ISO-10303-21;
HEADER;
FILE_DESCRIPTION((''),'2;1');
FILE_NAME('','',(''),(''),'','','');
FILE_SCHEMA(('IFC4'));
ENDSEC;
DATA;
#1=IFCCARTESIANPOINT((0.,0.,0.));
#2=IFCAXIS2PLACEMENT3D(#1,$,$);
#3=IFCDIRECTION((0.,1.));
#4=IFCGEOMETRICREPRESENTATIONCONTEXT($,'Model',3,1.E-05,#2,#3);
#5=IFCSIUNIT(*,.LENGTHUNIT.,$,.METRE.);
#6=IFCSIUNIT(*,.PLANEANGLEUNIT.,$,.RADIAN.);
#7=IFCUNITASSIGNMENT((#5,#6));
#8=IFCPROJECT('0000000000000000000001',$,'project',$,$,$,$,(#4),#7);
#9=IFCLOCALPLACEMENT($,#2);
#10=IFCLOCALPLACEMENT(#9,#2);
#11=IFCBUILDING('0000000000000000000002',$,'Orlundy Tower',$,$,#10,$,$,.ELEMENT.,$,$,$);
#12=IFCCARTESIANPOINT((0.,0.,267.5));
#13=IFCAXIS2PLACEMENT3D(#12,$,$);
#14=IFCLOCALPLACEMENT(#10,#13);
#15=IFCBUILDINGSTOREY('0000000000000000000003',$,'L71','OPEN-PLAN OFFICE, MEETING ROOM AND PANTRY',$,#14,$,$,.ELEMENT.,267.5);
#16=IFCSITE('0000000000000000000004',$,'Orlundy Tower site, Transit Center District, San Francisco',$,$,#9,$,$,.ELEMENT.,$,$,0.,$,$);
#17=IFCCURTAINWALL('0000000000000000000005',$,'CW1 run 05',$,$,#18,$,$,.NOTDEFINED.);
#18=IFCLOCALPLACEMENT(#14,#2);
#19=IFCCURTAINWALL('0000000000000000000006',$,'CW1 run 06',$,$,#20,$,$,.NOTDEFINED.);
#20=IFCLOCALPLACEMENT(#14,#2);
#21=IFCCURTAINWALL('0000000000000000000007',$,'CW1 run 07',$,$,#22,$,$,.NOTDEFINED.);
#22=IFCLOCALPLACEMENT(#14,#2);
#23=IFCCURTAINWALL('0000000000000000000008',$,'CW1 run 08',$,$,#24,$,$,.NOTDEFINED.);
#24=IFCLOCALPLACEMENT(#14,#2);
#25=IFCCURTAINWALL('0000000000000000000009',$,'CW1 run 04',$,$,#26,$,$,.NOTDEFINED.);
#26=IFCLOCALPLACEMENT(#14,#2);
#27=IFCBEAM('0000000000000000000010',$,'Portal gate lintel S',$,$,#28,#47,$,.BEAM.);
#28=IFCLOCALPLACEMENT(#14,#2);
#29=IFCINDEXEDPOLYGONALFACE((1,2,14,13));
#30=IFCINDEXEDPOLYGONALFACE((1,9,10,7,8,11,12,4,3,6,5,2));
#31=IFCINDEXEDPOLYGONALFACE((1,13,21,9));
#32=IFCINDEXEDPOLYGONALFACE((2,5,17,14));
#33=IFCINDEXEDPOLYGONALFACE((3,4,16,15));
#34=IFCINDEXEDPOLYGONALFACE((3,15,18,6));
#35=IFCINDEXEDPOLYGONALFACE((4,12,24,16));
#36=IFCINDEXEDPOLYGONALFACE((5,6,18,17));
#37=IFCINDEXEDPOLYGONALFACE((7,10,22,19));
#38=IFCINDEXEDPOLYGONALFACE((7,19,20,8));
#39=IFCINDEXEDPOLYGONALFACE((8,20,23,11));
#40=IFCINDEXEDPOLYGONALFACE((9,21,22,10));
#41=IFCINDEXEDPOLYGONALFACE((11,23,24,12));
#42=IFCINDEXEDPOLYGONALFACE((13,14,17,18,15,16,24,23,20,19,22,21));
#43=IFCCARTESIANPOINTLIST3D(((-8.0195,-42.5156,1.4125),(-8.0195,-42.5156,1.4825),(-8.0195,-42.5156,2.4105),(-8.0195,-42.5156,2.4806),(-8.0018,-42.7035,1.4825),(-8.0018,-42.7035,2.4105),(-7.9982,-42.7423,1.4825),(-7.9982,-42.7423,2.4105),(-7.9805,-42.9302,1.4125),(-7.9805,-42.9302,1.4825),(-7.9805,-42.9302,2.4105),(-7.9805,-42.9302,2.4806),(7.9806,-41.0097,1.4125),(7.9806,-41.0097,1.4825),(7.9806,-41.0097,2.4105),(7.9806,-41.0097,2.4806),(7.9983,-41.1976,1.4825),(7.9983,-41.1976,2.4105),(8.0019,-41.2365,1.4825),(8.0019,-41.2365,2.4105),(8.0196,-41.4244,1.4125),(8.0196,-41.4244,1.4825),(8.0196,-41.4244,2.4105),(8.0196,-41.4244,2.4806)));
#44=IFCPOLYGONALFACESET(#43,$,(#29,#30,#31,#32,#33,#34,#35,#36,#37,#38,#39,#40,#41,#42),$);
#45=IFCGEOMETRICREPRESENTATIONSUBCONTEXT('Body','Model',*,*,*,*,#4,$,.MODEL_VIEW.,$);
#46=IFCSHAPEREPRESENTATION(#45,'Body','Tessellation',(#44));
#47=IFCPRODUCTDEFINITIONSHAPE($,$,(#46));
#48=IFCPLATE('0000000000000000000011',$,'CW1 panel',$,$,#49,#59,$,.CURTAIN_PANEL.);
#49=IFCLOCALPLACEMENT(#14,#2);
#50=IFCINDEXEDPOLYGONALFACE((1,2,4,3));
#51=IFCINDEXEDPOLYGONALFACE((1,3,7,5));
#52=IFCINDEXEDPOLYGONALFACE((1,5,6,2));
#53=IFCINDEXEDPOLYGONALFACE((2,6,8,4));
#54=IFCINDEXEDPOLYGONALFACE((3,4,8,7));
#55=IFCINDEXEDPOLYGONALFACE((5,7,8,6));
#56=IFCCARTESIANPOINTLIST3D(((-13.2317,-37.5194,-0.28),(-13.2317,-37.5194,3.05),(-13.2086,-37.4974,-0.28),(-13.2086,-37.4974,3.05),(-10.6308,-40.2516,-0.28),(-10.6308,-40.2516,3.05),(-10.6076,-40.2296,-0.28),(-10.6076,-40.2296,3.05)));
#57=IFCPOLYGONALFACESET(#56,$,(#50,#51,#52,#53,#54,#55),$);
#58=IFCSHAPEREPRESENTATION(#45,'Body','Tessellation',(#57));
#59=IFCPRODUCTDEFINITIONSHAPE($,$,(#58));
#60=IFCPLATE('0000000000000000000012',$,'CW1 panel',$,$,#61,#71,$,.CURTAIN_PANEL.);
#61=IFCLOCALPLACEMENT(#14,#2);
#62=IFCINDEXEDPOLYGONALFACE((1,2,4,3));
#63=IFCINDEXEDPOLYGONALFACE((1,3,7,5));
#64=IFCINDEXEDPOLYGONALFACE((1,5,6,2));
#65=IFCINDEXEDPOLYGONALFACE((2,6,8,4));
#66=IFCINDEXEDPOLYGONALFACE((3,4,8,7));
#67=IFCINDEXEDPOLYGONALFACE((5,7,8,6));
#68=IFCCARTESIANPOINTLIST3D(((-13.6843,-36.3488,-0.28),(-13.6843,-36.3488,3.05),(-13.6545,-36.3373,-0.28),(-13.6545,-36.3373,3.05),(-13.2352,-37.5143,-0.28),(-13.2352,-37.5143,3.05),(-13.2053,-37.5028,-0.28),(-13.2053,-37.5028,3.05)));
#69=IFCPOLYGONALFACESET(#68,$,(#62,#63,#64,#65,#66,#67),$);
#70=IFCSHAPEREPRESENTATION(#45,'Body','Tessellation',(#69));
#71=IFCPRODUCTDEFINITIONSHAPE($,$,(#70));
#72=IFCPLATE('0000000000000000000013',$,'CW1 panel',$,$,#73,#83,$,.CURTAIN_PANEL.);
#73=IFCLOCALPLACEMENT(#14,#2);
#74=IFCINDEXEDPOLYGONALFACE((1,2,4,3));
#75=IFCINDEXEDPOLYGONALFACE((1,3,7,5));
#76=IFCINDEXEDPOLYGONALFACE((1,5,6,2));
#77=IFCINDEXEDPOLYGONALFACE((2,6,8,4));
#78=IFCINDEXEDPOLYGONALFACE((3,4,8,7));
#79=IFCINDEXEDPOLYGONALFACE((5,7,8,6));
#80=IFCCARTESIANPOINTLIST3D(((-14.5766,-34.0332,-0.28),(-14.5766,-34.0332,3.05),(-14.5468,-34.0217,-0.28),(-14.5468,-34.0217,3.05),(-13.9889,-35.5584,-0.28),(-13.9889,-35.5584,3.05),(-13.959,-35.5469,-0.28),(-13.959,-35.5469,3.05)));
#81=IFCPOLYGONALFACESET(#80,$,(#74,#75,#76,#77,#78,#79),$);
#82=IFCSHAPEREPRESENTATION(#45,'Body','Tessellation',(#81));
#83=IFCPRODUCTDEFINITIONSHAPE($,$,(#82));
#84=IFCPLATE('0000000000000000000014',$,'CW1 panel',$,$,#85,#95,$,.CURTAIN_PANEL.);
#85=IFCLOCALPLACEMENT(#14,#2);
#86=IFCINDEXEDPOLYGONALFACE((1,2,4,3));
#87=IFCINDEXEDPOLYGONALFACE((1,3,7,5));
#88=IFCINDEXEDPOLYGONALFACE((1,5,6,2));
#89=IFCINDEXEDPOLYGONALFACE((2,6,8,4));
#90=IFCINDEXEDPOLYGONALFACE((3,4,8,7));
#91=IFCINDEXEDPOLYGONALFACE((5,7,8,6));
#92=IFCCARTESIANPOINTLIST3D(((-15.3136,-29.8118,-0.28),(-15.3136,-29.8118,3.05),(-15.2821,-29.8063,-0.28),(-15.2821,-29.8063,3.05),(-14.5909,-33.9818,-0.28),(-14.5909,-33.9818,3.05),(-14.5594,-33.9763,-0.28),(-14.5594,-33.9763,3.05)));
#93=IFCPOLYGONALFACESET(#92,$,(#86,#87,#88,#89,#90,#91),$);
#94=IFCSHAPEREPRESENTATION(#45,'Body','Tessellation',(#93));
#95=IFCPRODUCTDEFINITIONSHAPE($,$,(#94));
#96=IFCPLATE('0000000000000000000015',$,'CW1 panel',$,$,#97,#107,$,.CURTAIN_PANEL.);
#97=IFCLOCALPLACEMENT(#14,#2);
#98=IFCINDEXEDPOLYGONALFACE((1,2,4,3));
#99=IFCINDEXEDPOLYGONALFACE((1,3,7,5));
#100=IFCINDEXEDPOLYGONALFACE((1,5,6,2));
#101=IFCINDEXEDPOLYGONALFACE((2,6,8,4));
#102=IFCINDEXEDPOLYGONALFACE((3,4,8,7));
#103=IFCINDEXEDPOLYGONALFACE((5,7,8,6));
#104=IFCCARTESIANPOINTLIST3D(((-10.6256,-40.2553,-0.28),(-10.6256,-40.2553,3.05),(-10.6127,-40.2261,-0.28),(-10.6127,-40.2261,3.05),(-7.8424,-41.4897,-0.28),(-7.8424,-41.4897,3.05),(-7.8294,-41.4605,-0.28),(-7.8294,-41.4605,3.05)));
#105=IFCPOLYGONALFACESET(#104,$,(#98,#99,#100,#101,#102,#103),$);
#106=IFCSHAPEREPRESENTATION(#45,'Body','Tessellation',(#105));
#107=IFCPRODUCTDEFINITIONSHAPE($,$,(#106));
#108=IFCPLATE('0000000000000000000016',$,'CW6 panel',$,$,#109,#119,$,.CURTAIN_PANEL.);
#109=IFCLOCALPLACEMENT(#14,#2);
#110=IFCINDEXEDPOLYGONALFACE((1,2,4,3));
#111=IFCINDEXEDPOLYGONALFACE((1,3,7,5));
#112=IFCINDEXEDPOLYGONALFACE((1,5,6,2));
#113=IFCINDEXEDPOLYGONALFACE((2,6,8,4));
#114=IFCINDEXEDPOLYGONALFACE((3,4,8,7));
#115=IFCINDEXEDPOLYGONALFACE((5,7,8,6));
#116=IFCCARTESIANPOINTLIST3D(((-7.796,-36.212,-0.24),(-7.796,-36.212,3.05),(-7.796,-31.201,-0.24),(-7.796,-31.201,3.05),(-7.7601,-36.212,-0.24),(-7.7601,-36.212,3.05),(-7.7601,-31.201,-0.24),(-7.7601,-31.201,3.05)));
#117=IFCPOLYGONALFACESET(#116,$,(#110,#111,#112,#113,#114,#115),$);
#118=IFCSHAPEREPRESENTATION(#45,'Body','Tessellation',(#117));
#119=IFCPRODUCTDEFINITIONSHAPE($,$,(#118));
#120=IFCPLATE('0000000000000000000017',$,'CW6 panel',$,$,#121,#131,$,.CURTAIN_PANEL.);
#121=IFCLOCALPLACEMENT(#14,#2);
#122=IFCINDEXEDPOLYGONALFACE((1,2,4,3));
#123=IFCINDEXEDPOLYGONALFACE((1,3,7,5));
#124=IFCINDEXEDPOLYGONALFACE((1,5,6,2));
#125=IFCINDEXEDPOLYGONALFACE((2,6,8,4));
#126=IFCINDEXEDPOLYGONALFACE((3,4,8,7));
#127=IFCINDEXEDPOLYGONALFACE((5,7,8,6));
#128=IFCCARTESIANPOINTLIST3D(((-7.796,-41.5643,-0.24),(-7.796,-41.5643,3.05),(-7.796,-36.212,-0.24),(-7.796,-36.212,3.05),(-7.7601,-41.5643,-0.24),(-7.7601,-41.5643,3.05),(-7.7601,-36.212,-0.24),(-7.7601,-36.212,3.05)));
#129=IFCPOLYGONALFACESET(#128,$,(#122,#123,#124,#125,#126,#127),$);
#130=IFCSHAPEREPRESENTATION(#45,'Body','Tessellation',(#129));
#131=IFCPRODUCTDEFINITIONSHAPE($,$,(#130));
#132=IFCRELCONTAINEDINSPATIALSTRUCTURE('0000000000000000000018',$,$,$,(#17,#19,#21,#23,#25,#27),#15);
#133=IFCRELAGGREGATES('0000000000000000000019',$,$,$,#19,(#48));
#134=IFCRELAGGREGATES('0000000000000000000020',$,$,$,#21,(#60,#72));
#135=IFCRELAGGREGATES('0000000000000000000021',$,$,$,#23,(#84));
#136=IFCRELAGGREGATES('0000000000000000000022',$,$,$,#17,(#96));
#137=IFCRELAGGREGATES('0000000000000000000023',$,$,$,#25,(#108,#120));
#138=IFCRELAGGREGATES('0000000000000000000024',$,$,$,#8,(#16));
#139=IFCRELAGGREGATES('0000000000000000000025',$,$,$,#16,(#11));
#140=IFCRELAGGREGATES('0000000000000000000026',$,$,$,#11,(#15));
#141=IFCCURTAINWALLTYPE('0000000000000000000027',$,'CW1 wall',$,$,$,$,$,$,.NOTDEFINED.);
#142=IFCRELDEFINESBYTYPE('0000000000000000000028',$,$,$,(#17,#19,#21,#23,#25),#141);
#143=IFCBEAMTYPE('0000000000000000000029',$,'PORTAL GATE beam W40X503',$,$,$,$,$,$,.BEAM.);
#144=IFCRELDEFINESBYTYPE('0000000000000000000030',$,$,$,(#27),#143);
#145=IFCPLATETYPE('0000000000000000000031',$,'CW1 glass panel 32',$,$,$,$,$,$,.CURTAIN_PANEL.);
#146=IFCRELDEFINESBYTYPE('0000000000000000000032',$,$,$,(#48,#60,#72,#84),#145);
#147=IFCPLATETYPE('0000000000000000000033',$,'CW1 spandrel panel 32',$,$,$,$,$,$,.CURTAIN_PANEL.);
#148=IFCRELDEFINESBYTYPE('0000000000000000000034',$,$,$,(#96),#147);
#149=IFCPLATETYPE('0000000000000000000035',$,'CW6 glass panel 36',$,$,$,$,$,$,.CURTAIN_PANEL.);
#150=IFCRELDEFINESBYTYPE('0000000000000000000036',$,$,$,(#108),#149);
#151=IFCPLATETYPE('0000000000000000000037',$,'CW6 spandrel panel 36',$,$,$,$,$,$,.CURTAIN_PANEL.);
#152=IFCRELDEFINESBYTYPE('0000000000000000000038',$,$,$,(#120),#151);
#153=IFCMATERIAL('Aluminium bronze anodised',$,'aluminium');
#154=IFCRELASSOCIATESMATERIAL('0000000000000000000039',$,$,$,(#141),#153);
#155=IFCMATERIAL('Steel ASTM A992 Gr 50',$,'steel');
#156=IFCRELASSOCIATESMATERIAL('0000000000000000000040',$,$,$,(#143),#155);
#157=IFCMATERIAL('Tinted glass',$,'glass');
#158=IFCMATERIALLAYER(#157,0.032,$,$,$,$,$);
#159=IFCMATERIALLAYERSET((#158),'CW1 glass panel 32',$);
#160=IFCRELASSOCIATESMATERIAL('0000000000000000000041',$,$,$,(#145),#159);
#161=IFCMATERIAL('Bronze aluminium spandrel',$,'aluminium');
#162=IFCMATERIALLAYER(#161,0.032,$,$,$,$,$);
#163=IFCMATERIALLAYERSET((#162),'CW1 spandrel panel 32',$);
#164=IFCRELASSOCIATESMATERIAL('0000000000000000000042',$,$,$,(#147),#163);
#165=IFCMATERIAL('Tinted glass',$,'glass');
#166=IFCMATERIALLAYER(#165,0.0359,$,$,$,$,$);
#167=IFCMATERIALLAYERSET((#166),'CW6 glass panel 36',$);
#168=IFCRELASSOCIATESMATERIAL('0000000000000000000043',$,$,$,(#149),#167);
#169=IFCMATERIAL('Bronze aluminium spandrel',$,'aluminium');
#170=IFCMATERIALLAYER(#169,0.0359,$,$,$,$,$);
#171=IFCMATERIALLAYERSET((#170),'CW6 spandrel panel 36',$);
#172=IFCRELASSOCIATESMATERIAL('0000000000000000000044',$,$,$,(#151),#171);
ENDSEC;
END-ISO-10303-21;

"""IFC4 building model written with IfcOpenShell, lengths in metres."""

from ifc_helpers import new_model, si_unit, direction, frame, origin, origin_2d, place, context, subcontext, project, spatial, rectangle, i_section, extrude, material, layer, layer_set, material_profile, profile_set, type_object, element, aggregate, save


model = new_model("IFC4")

# Units and contexts
model_context = context("Model", 3, precision=1e-05, world=origin(), true_north=direction((0.0, 1.0)))
body_context = subcontext(model_context, "Body", "Model", "MODEL_VIEW")
ifc_project = project(units=[si_unit("LENGTHUNIT", "METRE"), si_unit("PLANEANGLEUNIT", "RADIAN")], contexts=[model_context])

# Site, building, storey
site_placement = place(None, origin())
site = spatial("IfcSite", under=ifc_project, at=site_placement, Name="Orlundy Tower site, Transit Center District, San Francisco", CompositionType="ELEMENT", RefElevation=0.0)
building_placement = place(site_placement, origin())
building = spatial("IfcBuilding", under=site, at=building_placement, Name="Orlundy Tower", CompositionType="ELEMENT")
storey_placement = place(building_placement, frame((0.0, 0.0, 267.5)))
storey = spatial("IfcBuildingStorey", under=building, at=storey_placement, Name="L71", Description="OPEN-PLAN OFFICE, MEETING ROOM AND PANTRY", CompositionType="ELEMENT", Elevation=267.5)

# Curtain walls
ifc_material_1 = material(Name="Aluminium bronze anodised", Category="aluminium")
curtain_wall_type = type_object("IfcCurtainWallType", Name="CW1 wall", PredefinedType="NOTDEFINED", material=ifc_material_1)
curtain_wall_1_placement = place(storey_placement, origin())
curtain_wall_1 = element("IfcCurtainWall", 1, at=curtain_wall_1_placement, inside=storey, type_object=curtain_wall_type, Name="CW1 run 05", PredefinedType="NOTDEFINED")
curtain_wall_2_placement = place(storey_placement, origin())
curtain_wall_2 = element("IfcCurtainWall", 2, at=curtain_wall_2_placement, inside=storey, type_object=curtain_wall_type, Name="CW1 run 06", PredefinedType="NOTDEFINED")
curtain_wall_3_placement = place(storey_placement, origin())
curtain_wall_3 = element("IfcCurtainWall", 3, at=curtain_wall_3_placement, inside=storey, type_object=curtain_wall_type, Name="CW1 run 07", PredefinedType="NOTDEFINED")
curtain_wall_4_placement = place(storey_placement, origin())
curtain_wall_4 = element("IfcCurtainWall", 4, at=curtain_wall_4_placement, inside=storey, type_object=curtain_wall_type, Name="CW1 run 08", PredefinedType="NOTDEFINED")

# Curtain wall
curtain_wall_5_placement = place(storey_placement, origin())
curtain_wall_5 = element("IfcCurtainWall", 5, at=curtain_wall_5_placement, inside=storey, type_object=curtain_wall_type, Name="CW1 run 04", PredefinedType="NOTDEFINED")

# Beam
ifc_material_2 = material(Name="Steel ASTM A992 Gr 50", Category="steel")
ifc_material_profile_1 = material_profile(ifc_material_2, i_section(OverallWidth=0.4165, OverallDepth=1.0681, WebThickness=0.0391, FlangeThickness=0.0701, at=origin_2d()), Name="W40X503")
ifc_profile_set_1 = profile_set([ifc_material_profile_1], Name="Steel ASTM A992 Gr 50")
beam_type = type_object("IfcBeamType", Name="PORTAL GATE beam W40X503", PredefinedType="BEAM", material=ifc_profile_set_1)
beam_placement = place(storey_placement, frame((-8.0, -42.7229, 1.9465), z_axis=(0.9956, 0.093702, 0.0), x_axis=(-0.093702, 0.9956, 0.0)))
element("IfcBeam", 6, at=beam_placement, inside=storey, type_object=beam_type, Name="Portal gate lintel S", PredefinedType="BEAM", context=body_context, shape_type="SweptSolid", body=[
    extrude(i_section(OverallWidth=0.4165, OverallDepth=1.0681, WebThickness=0.0391, FlangeThickness=0.0701, at=origin_2d()), origin(), (0.0, 0.0, 1.0), 16.0708),
])

# Plates
ifc_material_3 = material(Name="Tinted glass", Category="glass")
ifc_layer_1 = layer(ifc_material_3, 0.032)
ifc_layer_set_1 = layer_set([ifc_layer_1], Name="CW1 glass panel 32")
plate_type_1 = type_object("IfcPlateType", Name="CW1 glass panel 32", PredefinedType="CURTAIN_PANEL", material=ifc_layer_set_1)
plate_1_placement = place(storey_placement, frame((-11.9197, -38.8745, -0.28), z_axis=(0.0, 0.0, 1.0), x_axis=(-0.689493, 0.724292, 0.0)))
plate_1 = element("IfcPlate", 7, at=plate_1_placement, type_object=plate_type_1, Name="CW1 panel", PredefinedType="CURTAIN_PANEL", context=body_context, shape_type="SweptSolid", body=[
    extrude(rectangle(XDim=3.7722, YDim=0.032, at=origin_2d()), origin(), (0.0, 0.0, 1.0), 3.3301),
])
aggregate(curtain_wall_2, [plate_1])
plate_2_placement = place(storey_placement, frame((-13.4448, -36.9258, -0.28), z_axis=(0.0, 0.0, 1.0), x_axis=(-0.359594, 0.933109, 0.0)))
plate_2 = element("IfcPlate", 8, at=plate_2_placement, type_object=plate_type_1, Name="CW1 panel", PredefinedType="CURTAIN_PANEL", context=body_context, shape_type="SweptSolid", body=[
    extrude(rectangle(XDim=1.249, YDim=0.032, at=origin_2d()), origin(), (0.0, 0.0, 1.0), 3.3301),
])
plate_3_placement = place(storey_placement, frame((-14.2678, -34.79, -0.28), z_axis=(0.0, 0.0, 1.0), x_axis=(-0.359594, 0.933109, 0.0)))
plate_3 = element("IfcPlate", 9, at=plate_3_placement, type_object=plate_type_1, Name="CW1 panel", PredefinedType="CURTAIN_PANEL", context=body_context, shape_type="SweptSolid", body=[
    extrude(rectangle(XDim=1.6345, YDim=0.032, at=origin_2d()), origin(), (0.0, 0.0, 1.0), 3.3301),
])
aggregate(curtain_wall_3, [plate_2, plate_3])
plate_4_placement = place(storey_placement, frame((-14.9365, -31.894, -0.28), z_axis=(0.0, 0.0, 1.0), x_axis=(-0.170762, 0.985312, 0.0)))
plate_4 = element("IfcPlate", 10, at=plate_4_placement, type_object=plate_type_1, Name="CW1 panel", PredefinedType="CURTAIN_PANEL", context=body_context, shape_type="SweptSolid", body=[
    extrude(rectangle(XDim=4.2322, YDim=0.032, at=origin_2d()), origin(), (0.0, 0.0, 1.0), 3.3301),
])
aggregate(curtain_wall_4, [plate_4])
ifc_material_4 = material(Name="Bronze aluminium spandrel", Category="aluminium")
ifc_layer_2 = layer(ifc_material_4, 0.032)
ifc_layer_set_2 = layer_set([ifc_layer_2], Name="CW1 spandrel panel 32")
plate_type_2 = type_object("IfcPlateType", Name="CW1 spandrel panel 32", PredefinedType="CURTAIN_PANEL", material=ifc_layer_set_2)
plate_5_placement = place(storey_placement, frame((-9.2275, -40.8579, -0.28), z_axis=(0.0, 0.0, 1.0), x_axis=(-0.914125, 0.405432, 0.0)))
plate_5 = element("IfcPlate", 11, at=plate_5_placement, type_object=plate_type_2, Name="CW1 panel", PredefinedType="CURTAIN_PANEL", context=body_context, shape_type="SweptSolid", body=[
    extrude(rectangle(XDim=3.0447, YDim=0.032, at=origin_2d()), origin(), (0.0, 0.0, 1.0), 3.3301),
])
aggregate(curtain_wall_1, [plate_5])
ifc_material_5 = material(Name="Tinted glass", Category="glass")
ifc_layer_3 = layer(ifc_material_5, 0.0359)
ifc_layer_set_3 = layer_set([ifc_layer_3], Name="CW6 glass panel 36")
plate_type_3 = type_object("IfcPlateType", Name="CW6 glass panel 36", PredefinedType="CURTAIN_PANEL", material=ifc_layer_set_3)
plate_6_placement = place(storey_placement, frame((-7.7781, -33.7065, -0.24), z_axis=(0.0, 0.0, 1.0), x_axis=(0.0, -1.0, 0.0)))
plate_6 = element("IfcPlate", 12, at=plate_6_placement, type_object=plate_type_3, Name="CW6 panel", PredefinedType="CURTAIN_PANEL", context=body_context, shape_type="SweptSolid", body=[
    extrude(rectangle(XDim=5.011, YDim=0.0359, at=origin_2d()), origin(), (0.0, 0.0, 1.0), 3.29),
])
ifc_material_6 = material(Name="Bronze aluminium spandrel", Category="aluminium")
ifc_layer_4 = layer(ifc_material_6, 0.0359)
ifc_layer_set_4 = layer_set([ifc_layer_4], Name="CW6 spandrel panel 36")
plate_type_4 = type_object("IfcPlateType", Name="CW6 spandrel panel 36", PredefinedType="CURTAIN_PANEL", material=ifc_layer_set_4)
plate_7_placement = place(storey_placement, frame((-7.7781, -38.8882, -0.24), z_axis=(0.0, 0.0, 1.0), x_axis=(0.0, -1.0, 0.0)))
plate_7 = element("IfcPlate", 13, at=plate_7_placement, type_object=plate_type_4, Name="CW6 panel", PredefinedType="CURTAIN_PANEL", context=body_context, shape_type="SweptSolid", body=[
    extrude(rectangle(XDim=5.3523, YDim=0.0359, at=origin_2d()), origin(), (0.0, 0.0, 1.0), 3.29),
])
aggregate(curtain_wall_5, [plate_6, plate_7])

save(model, "model.ifc")
